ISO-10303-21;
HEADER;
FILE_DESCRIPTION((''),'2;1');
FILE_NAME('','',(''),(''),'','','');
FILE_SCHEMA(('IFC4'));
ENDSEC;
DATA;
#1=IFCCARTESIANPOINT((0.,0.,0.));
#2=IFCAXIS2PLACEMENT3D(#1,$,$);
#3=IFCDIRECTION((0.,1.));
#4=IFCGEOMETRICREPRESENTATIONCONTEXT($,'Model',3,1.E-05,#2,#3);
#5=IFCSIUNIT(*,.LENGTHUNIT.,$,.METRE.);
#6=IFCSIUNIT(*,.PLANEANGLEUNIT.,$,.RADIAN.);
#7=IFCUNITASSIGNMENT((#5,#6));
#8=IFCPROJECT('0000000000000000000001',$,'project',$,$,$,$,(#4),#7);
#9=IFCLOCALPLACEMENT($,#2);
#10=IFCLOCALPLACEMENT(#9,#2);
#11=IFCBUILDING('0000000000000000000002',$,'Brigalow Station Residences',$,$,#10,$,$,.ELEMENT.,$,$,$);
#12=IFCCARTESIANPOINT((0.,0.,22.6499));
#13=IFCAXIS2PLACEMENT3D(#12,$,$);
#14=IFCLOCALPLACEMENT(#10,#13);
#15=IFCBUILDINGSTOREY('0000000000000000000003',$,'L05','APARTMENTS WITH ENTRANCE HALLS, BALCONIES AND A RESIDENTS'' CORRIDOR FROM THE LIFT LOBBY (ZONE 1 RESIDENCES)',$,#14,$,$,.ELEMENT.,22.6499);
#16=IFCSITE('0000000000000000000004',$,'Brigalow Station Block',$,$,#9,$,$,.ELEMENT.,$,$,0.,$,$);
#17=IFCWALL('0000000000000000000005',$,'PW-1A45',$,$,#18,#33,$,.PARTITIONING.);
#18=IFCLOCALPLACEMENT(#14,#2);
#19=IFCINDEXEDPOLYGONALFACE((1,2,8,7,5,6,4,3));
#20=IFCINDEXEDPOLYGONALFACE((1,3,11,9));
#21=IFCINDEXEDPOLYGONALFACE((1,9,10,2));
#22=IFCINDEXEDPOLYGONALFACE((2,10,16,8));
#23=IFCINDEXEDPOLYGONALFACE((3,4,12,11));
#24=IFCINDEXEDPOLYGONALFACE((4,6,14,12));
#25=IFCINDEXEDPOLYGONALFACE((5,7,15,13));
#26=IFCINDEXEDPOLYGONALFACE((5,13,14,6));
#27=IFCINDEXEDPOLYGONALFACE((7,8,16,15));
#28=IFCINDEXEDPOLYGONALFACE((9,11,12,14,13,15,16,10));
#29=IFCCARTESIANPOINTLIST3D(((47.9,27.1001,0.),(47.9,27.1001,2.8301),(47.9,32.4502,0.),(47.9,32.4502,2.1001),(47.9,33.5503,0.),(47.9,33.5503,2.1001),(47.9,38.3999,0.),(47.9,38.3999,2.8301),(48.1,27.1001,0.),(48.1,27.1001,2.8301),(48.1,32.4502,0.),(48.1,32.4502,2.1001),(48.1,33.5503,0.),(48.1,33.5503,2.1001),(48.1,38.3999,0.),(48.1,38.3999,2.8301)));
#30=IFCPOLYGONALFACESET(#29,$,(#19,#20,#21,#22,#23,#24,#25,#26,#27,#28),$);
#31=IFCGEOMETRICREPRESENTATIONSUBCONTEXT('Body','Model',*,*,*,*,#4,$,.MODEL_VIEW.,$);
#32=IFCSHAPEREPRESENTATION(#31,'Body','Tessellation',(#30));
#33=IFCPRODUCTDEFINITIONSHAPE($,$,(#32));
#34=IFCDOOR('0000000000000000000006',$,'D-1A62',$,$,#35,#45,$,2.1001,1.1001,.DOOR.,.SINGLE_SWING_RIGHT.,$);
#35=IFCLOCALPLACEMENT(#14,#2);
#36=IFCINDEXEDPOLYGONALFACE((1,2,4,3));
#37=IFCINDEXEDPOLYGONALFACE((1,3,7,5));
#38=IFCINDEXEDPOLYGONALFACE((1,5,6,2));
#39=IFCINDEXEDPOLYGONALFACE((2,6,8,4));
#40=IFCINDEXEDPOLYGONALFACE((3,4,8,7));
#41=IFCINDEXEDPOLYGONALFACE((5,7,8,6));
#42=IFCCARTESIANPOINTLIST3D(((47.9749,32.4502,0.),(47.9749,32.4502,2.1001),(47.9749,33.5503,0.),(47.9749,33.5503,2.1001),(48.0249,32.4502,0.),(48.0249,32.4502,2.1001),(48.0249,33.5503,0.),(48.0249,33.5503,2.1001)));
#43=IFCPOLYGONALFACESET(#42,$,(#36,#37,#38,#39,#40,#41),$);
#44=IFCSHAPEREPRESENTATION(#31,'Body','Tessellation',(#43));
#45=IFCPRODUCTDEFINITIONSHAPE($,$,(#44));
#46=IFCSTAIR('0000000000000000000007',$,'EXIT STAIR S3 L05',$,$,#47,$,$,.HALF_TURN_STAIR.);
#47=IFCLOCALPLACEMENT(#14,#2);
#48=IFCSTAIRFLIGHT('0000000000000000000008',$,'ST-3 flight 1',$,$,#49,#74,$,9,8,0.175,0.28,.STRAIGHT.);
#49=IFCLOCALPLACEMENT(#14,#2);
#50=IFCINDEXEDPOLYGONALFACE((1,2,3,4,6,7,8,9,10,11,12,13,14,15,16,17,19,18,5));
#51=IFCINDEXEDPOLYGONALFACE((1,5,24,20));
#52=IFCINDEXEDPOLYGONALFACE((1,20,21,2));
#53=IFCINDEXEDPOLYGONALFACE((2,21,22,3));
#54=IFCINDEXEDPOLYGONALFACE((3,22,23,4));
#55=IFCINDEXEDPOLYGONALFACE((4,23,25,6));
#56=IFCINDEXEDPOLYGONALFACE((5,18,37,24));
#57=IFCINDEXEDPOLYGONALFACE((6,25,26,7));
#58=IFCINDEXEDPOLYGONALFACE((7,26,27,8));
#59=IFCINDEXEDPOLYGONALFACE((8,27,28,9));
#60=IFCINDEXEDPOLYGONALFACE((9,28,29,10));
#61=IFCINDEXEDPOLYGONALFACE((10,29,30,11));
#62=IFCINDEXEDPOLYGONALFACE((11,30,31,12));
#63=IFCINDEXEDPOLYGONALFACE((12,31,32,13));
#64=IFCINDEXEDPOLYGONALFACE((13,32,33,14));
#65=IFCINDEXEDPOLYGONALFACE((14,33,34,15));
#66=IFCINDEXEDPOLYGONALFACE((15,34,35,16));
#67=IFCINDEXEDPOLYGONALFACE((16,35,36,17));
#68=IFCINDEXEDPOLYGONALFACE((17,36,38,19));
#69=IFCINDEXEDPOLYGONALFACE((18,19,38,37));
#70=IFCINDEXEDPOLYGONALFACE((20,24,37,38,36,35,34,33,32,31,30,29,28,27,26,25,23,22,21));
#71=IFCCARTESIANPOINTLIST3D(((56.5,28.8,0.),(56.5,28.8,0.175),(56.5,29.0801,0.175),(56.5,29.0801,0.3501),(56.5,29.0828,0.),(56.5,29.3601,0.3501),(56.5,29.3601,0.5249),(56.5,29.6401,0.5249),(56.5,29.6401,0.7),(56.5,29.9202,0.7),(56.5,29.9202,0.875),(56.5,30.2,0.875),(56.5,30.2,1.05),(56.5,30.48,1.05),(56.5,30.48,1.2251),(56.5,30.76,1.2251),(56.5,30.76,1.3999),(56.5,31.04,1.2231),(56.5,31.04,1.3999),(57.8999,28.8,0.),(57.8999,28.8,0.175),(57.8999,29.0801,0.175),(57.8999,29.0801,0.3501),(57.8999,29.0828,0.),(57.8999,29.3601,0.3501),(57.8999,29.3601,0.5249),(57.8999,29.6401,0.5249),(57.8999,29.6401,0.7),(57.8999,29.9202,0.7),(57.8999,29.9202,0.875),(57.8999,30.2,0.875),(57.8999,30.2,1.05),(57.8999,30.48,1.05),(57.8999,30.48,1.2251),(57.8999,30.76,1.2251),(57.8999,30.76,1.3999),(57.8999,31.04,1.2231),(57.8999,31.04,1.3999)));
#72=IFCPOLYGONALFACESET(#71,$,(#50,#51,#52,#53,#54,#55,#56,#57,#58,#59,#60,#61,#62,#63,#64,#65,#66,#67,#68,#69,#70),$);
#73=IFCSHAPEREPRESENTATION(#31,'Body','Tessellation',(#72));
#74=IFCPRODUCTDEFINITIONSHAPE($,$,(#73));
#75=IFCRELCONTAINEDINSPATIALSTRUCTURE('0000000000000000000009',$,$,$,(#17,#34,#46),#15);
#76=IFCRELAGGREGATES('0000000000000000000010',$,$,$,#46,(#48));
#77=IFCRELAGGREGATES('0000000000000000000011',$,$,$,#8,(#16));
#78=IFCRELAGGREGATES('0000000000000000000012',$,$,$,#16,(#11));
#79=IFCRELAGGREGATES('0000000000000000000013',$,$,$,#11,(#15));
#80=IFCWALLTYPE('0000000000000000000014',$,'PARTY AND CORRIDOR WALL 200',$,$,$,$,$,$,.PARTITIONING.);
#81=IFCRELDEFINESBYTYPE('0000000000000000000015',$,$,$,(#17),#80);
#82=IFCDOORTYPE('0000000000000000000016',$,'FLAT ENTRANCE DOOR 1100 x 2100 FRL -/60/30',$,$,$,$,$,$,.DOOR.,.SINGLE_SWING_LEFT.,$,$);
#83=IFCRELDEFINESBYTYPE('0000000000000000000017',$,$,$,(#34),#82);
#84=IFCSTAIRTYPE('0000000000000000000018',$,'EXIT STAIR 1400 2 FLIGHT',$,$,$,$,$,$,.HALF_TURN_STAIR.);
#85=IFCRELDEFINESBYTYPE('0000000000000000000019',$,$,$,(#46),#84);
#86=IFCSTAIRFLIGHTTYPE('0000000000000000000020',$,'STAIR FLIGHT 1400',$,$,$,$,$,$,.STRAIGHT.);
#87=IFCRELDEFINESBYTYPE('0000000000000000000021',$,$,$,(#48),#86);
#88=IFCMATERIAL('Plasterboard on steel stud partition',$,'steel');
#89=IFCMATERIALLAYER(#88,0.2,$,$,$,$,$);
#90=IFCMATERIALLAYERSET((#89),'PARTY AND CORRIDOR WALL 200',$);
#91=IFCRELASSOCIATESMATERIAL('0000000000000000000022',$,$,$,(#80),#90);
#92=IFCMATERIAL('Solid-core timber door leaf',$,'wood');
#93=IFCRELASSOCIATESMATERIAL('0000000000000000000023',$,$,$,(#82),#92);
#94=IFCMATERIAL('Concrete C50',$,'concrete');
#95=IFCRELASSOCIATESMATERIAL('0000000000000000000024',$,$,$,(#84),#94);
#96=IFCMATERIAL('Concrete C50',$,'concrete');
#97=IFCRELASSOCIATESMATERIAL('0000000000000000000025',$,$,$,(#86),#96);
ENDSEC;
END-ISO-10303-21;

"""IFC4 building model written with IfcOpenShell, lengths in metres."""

from ifc_helpers import new_model, si_unit, direction, frame, frame_2d, origin, place, context, subcontext, project, spatial, polyline, rectangle, outline, extrude, material, layer, layer_set, type_object, element, fill, aggregate, save


model = new_model("IFC4")

# Units and contexts
model_context = context("Model", 3, precision=1e-05, world=origin(), true_north=direction((0.0, 1.0)))
body_context = subcontext(model_context, "Body", "Model", "MODEL_VIEW")
ifc_project = project(units=[si_unit("LENGTHUNIT", "METRE"), si_unit("PLANEANGLEUNIT", "RADIAN")], contexts=[model_context])

# Site, building, storey
site_placement = place(None, origin())
site = spatial("IfcSite", under=ifc_project, at=site_placement, Name="Brigalow Station Block", CompositionType="ELEMENT", RefElevation=0.0)
building_placement = place(site_placement, origin())
building = spatial("IfcBuilding", under=site, at=building_placement, Name="Brigalow Station Residences", CompositionType="ELEMENT")
storey_placement = place(building_placement, frame((0.0, 0.0, 22.6499)))
storey = spatial("IfcBuildingStorey", under=building, at=storey_placement, Name="L05", Description="APARTMENTS WITH ENTRANCE HALLS, BALCONIES AND A RESIDENTS' CORRIDOR FROM THE LIFT LOBBY (ZONE 1 RESIDENCES)", CompositionType="ELEMENT", Elevation=22.6499)

# Shared definitions
ifc_material_1 = material(Name="Plasterboard on steel stud partition", Category="steel")
ifc_layer_1 = layer(ifc_material_1, 0.2)
ifc_layer_set_1 = layer_set([ifc_layer_1], Name="PARTY AND CORRIDOR WALL 200")
wall_type_1 = type_object("IfcWallType", Name="PARTY AND CORRIDOR WALL 200", PredefinedType="PARTITIONING", material=ifc_layer_set_1)

# Wall, opening, door
wall_1_placement = place(storey_placement, frame((48.0, 27.1001, 0.0), z_axis=(0.0, 0.0, 1.0), x_axis=(0.0, 1.0, 0.0)))
wall_1 = element("IfcWall", 1, at=wall_1_placement, inside=storey, type_object=wall_type_1, Name="PW-1A45", PredefinedType="PARTITIONING", context=body_context, shape_type="SweptSolid", body=[
    extrude(rectangle(XDim=11.2998, YDim=0.2, at=frame_2d((5.6499, 0.0))), origin(), (0.0, 0.0, 1.0), 2.8301),
])
opening_1_placement = place(wall_1_placement, frame((5.3501, 0.0, 0.0)))
opening_1 = element("IfcOpeningElement", 2, at=opening_1_placement, cuts=wall_1, PredefinedType="OPENING", context=body_context, shape_type="SweptSolid", body=[
    extrude(rectangle(XDim=1.1001, YDim=2.1001, at=frame_2d((0.55, 1.05))), frame((0.0, 0.1099, 0.0), z_axis=(0.0, -1.0, 0.0), x_axis=(1.0, 0.0, 0.0)), (0.0, 0.0, 1.0), 0.22),
])
ifc_material_2 = material(Name="Solid-core timber door leaf", Category="wood")
door_type_1 = type_object("IfcDoorType", Name="FLAT ENTRANCE DOOR 1100 x 2100 FRL -/60/30", OperationType="SINGLE_SWING_LEFT", PredefinedType="DOOR", material=ifc_material_2)
door_1_placement = place(opening_1_placement, frame((1.1001, 0.0, 0.0), z_axis=(0.0, 0.0, 1.0), x_axis=(-1.0, 0.0, 0.0)))
door_1 = element("IfcDoor", 3, at=door_1_placement, inside=storey, type_object=door_type_1, Name="D-1A62", OperationType="SINGLE_SWING_RIGHT", OverallHeight=2.1001, OverallWidth=1.1001, PredefinedType="DOOR", context=body_context, shape_type="SweptSolid", body=[
    extrude(rectangle(XDim=1.1001, YDim=2.1001, at=frame_2d((0.55, 1.05))), frame((0.0, 0.0249, 0.0), z_axis=(0.0, -1.0, 0.0), x_axis=(1.0, 0.0, 0.0)), (0.0, 0.0, 1.0), 0.05),
])
fill(opening_1, door_1)

# Stair, stair flight
ifc_material_3 = material(Name="Concrete C50", Category="concrete")
stair_type = type_object("IfcStairType", Name="EXIT STAIR 1400 2 FLIGHT", PredefinedType="HALF_TURN_STAIR", material=ifc_material_3)
stair_placement = place(storey_placement, origin())
stair = element("IfcStair", 4, at=stair_placement, inside=storey, type_object=stair_type, Name="EXIT STAIR S3 L05", PredefinedType="HALF_TURN_STAIR")
ifc_material_4 = material(Name="Concrete C50", Category="concrete")
stair_flight_type = type_object("IfcStairFlightType", Name="STAIR FLIGHT 1400", PredefinedType="STRAIGHT", material=ifc_material_4)
stair_flight_placement = place(storey_placement, frame((57.2, 28.8, 0.0), z_axis=(0.0, 0.0, 1.0), x_axis=(0.0, 1.0, 0.0)))
stair_flight = element("IfcStairFlight", 5, at=stair_flight_placement, type_object=stair_flight_type, Name="ST-3 flight 1", NumberOfRisers=9, NumberOfTreads=8, PredefinedType="STRAIGHT", RiserHeight=0.175, TreadLength=0.28, context=body_context, shape_type="SweptSolid", body=[
    extrude(outline(polyline([(0.0, 0.0), (0.0, 0.175), (0.28, 0.175), (0.28, 0.3501), (0.5601, 0.3501), (0.5601, 0.5249), (0.8401, 0.5249), (0.8401, 0.7), (1.1201, 0.7), (1.1201, 0.875), (1.3999, 0.875), (1.3999, 1.05), (1.6799, 1.05), (1.6799, 1.2251), (1.96, 1.2251), (1.96, 1.3999), (2.24, 1.3999), (2.24, 1.575), (2.24, 1.2231), (0.2827, 0.0), (0.0, 0.0)])), frame((0.0, 0.7, 0.0), z_axis=(0.0, -1.0, 0.0), x_axis=(1.0, 0.0, 0.0)), (0.0, 0.0, 1.0), 1.3999),
])
aggregate(stair, [stair_flight])

save(model, "model.ifc")
